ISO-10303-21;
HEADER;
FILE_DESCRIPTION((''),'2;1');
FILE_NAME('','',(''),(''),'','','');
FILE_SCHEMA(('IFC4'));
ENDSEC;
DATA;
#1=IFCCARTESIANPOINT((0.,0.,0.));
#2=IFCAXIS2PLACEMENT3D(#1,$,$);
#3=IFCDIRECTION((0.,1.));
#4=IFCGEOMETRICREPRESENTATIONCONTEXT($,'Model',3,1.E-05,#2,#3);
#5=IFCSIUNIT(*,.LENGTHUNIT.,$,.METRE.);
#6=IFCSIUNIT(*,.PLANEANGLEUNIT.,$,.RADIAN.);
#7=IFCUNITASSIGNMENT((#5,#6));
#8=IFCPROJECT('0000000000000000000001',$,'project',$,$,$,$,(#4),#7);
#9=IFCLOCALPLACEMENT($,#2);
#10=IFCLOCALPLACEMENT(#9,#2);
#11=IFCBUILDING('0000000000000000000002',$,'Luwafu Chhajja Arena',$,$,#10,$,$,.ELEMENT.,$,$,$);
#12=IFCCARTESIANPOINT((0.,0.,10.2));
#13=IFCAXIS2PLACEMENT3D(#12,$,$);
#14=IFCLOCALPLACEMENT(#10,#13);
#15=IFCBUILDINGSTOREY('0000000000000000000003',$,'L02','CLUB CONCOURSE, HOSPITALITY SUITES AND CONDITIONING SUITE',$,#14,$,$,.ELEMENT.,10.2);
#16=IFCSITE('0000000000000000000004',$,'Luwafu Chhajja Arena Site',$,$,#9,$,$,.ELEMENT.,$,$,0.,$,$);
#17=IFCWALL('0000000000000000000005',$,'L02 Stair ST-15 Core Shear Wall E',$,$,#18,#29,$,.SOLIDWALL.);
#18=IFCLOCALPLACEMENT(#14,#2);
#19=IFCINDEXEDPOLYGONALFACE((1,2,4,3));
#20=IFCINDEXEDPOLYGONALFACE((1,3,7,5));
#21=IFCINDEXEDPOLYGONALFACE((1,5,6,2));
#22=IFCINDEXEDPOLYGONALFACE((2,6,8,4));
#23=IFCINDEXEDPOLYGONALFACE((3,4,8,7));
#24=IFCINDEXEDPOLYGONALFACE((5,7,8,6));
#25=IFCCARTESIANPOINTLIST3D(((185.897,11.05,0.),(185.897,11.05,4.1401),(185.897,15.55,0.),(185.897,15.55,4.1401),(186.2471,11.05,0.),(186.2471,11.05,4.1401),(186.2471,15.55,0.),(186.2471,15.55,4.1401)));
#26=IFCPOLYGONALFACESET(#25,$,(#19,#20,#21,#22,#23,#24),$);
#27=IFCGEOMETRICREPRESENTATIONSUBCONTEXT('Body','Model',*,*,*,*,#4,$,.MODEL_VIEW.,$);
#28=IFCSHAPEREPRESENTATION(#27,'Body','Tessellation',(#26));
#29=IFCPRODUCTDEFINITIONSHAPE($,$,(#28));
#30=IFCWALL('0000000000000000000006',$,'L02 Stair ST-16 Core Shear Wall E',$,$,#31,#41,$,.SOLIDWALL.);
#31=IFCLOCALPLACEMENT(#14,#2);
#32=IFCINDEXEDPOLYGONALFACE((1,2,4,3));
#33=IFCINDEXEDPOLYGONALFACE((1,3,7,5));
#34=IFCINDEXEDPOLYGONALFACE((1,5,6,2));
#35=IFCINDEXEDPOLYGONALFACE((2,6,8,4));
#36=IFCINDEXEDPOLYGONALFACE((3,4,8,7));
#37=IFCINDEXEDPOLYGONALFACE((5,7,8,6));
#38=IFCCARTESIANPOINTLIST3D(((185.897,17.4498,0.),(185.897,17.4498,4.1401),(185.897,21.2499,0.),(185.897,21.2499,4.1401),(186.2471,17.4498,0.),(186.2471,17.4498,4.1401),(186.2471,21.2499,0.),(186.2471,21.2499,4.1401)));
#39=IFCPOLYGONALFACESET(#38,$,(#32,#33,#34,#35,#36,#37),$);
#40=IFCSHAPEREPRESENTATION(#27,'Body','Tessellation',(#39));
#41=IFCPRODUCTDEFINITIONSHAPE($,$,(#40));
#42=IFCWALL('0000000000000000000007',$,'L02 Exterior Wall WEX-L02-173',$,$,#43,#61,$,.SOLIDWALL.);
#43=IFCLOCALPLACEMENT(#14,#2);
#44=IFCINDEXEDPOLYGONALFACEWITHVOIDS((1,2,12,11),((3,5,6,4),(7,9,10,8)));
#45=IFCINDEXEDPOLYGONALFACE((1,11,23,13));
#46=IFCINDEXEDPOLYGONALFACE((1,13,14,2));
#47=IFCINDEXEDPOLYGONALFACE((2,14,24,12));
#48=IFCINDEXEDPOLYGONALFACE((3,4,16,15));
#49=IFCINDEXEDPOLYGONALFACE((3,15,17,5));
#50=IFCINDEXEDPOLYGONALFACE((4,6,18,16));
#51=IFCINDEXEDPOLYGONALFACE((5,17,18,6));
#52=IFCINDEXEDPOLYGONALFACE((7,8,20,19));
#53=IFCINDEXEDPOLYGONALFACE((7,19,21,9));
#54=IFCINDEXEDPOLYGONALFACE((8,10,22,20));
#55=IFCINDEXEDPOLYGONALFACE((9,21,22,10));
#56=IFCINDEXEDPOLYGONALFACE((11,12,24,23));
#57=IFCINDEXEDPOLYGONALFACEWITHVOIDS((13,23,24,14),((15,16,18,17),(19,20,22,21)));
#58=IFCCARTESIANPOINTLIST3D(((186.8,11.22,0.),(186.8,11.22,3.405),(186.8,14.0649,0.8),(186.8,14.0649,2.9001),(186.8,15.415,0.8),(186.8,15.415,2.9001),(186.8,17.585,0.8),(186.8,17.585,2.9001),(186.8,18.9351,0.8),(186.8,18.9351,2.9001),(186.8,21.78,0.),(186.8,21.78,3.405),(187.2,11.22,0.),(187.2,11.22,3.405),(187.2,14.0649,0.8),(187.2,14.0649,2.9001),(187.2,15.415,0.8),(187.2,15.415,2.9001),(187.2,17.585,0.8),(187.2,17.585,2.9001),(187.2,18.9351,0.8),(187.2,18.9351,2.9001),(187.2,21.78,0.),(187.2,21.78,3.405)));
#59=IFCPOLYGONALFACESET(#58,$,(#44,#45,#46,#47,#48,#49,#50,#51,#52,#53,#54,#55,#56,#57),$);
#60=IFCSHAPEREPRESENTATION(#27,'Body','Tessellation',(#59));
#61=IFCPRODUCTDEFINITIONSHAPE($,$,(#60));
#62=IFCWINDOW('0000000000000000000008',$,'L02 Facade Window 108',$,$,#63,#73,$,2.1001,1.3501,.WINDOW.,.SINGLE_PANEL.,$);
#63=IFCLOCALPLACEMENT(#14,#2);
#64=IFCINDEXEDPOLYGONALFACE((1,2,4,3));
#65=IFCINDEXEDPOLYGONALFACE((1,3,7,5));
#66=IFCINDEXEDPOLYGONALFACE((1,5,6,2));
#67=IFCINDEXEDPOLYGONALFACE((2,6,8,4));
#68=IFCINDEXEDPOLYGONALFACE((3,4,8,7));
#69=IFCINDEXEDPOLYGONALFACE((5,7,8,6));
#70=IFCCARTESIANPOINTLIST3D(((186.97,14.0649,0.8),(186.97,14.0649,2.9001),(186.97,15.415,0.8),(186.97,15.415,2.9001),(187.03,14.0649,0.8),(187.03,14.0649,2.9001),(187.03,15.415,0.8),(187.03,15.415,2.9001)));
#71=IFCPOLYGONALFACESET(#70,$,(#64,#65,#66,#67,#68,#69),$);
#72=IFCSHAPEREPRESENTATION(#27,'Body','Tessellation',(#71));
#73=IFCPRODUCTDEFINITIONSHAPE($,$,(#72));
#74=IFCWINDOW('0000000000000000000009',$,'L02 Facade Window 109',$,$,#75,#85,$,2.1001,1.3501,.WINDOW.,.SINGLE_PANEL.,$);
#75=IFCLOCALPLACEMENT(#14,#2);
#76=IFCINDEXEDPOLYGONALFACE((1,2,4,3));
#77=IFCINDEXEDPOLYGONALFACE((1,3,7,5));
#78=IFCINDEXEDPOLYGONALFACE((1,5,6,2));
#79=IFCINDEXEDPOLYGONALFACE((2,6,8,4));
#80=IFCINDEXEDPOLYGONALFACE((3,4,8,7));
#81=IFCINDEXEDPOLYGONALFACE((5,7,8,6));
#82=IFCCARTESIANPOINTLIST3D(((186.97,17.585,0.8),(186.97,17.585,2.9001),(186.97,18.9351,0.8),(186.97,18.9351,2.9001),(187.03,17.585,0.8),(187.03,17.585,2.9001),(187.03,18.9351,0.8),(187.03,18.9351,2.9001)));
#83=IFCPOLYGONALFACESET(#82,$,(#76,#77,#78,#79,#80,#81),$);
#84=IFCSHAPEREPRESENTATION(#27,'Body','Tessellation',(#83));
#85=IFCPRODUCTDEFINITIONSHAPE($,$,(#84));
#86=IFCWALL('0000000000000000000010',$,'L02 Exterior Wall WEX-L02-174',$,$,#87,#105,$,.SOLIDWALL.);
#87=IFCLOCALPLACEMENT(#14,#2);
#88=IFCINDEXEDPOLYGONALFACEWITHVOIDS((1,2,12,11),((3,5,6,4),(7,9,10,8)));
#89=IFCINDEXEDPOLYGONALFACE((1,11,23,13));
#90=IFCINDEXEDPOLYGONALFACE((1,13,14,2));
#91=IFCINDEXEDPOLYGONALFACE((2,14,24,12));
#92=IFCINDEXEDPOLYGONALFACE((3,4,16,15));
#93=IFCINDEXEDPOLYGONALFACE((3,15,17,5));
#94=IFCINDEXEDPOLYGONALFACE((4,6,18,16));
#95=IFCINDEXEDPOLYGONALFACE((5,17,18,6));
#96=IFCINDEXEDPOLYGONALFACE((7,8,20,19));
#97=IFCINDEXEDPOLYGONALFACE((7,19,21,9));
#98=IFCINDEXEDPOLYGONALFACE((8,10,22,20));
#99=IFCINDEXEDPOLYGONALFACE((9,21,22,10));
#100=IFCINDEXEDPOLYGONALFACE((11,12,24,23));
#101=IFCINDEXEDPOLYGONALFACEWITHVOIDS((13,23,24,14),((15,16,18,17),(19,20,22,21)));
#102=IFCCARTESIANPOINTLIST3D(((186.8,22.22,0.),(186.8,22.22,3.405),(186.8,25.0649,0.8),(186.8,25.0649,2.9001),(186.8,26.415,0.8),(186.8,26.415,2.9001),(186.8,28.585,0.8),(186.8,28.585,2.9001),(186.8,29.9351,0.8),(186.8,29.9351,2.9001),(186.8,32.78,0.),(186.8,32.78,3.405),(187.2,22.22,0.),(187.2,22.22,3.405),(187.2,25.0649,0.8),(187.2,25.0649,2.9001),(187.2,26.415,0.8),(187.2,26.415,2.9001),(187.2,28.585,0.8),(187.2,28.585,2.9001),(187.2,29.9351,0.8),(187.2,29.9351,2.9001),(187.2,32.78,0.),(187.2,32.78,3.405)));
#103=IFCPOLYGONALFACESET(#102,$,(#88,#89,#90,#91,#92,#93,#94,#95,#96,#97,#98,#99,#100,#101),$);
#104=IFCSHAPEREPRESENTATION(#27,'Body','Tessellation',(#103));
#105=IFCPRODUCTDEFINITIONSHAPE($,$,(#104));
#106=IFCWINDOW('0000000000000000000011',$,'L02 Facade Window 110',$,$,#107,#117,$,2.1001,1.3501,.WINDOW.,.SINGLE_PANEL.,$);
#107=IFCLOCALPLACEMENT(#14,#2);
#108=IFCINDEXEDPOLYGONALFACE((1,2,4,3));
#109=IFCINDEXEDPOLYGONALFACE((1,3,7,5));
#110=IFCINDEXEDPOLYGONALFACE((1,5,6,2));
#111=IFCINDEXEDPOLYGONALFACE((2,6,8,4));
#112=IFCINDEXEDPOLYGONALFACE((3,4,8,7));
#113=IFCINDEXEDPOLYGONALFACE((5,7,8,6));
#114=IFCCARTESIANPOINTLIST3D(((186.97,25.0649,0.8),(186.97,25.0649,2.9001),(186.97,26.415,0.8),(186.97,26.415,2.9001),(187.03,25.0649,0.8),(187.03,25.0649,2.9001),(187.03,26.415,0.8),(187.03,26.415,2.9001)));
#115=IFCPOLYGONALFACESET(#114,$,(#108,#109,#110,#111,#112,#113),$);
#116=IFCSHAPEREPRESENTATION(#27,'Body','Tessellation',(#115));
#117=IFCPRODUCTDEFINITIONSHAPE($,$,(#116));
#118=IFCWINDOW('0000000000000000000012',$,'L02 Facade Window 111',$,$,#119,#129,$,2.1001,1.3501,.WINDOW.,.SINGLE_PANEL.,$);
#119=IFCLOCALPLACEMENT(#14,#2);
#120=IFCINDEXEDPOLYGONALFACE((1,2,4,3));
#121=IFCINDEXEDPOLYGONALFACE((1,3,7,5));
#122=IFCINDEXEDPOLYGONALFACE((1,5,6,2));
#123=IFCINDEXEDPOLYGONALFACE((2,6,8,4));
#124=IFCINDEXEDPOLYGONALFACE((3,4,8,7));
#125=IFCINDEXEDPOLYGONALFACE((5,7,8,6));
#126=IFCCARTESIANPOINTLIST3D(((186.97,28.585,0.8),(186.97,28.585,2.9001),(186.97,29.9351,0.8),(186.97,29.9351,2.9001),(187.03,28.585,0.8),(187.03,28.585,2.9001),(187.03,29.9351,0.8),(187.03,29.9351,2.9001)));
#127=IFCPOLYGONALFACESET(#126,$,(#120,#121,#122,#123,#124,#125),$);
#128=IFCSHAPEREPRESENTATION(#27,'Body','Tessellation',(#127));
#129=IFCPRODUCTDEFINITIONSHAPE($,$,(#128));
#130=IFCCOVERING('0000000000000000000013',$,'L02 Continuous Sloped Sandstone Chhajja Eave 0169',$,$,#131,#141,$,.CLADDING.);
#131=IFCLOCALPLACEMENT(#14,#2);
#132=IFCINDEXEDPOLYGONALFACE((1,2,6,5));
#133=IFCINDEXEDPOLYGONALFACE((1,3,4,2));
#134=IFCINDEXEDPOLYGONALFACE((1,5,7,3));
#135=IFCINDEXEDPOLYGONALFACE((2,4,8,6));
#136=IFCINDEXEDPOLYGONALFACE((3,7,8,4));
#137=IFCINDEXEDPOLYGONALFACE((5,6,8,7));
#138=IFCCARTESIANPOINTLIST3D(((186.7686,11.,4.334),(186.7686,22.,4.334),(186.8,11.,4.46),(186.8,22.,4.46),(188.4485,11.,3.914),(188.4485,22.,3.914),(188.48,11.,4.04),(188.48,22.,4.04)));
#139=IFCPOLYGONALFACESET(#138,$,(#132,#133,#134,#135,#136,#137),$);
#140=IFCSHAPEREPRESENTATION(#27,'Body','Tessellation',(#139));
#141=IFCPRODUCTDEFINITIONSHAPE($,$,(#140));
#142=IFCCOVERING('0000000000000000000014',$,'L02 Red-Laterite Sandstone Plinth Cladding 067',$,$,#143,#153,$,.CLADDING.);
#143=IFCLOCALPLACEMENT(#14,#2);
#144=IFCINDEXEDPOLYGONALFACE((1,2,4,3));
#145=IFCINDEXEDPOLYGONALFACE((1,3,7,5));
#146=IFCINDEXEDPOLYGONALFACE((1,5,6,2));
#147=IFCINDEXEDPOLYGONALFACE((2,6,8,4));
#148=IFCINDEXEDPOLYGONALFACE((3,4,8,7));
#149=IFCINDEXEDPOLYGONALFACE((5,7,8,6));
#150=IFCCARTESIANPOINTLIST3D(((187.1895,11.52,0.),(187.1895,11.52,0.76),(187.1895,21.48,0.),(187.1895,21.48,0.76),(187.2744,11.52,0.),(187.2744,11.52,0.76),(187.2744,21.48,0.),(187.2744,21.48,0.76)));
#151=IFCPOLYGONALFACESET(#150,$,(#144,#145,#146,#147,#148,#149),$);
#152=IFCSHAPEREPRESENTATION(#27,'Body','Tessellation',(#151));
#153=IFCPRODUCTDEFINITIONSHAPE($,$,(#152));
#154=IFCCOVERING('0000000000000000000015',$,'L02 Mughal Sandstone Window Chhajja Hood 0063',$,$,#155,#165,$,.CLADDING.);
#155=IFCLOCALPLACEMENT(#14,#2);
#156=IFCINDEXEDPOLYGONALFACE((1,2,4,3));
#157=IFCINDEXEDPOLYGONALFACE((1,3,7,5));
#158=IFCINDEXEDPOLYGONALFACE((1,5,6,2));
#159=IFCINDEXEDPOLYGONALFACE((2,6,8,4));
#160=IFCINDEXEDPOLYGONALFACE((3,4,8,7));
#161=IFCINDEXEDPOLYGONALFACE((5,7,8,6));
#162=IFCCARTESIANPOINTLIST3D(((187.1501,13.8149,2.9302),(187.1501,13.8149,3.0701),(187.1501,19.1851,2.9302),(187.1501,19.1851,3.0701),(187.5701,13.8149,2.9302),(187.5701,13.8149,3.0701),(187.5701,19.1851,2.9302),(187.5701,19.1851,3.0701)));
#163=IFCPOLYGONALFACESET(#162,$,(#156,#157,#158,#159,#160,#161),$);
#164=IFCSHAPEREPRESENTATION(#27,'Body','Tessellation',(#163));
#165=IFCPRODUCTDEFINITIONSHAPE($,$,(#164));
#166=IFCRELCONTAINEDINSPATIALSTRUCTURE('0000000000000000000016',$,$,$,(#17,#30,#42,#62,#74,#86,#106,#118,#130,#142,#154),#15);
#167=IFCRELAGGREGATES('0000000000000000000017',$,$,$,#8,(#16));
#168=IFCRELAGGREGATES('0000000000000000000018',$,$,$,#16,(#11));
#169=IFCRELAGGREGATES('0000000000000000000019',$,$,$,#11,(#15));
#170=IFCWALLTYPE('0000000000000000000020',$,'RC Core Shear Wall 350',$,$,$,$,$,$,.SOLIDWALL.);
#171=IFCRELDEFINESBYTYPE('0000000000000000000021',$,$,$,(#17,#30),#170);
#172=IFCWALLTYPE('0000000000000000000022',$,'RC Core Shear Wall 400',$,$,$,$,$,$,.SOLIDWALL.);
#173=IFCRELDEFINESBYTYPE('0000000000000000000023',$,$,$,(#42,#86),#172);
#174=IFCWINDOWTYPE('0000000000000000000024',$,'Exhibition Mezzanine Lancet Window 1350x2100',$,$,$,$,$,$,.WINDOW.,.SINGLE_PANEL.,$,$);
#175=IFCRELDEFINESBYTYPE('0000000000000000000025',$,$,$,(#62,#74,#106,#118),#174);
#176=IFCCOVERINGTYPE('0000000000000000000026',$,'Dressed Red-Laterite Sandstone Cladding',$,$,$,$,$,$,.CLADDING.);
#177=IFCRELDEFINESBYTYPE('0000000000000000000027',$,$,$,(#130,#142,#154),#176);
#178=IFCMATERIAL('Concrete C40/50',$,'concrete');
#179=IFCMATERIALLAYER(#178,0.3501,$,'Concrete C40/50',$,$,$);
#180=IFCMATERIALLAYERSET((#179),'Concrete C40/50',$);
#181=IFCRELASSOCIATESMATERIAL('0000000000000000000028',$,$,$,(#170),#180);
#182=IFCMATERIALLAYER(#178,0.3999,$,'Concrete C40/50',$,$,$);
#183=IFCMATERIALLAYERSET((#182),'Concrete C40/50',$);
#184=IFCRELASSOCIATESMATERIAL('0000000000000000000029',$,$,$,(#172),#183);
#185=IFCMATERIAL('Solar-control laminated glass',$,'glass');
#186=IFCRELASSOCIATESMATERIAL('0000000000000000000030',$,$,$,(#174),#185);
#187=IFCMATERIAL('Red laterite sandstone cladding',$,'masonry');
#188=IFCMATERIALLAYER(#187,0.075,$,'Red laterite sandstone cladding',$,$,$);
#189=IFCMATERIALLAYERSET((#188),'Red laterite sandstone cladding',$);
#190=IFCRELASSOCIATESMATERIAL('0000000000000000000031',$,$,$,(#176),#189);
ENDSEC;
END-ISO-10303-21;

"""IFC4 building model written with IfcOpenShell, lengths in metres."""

from ifc_helpers import new_model, si_unit, direction, frame, frame_2d, origin, origin_2d, place, context, subcontext, project, spatial, polyline, rectangle, outline, extrude, material, layer, layer_set, type_object, element, fill, save


model = new_model("IFC4")

# Units and contexts
model_context = context("Model", 3, precision=1e-05, world=origin(), true_north=direction((0.0, 1.0)))
body_context = subcontext(model_context, "Body", "Model", "MODEL_VIEW")
ifc_project = project(units=[si_unit("LENGTHUNIT", "METRE"), si_unit("PLANEANGLEUNIT", "RADIAN")], contexts=[model_context])

# Site, building, storey
site_placement = place(None, origin())
site = spatial("IfcSite", under=ifc_project, at=site_placement, Name="Luwafu Chhajja Arena Site", CompositionType="ELEMENT", RefElevation=0.0)
building_placement = place(site_placement, origin())
building = spatial("IfcBuilding", under=site, at=building_placement, Name="Luwafu Chhajja Arena", CompositionType="ELEMENT")
storey_placement = place(building_placement, frame((0.0, 0.0, 10.2)))
storey = spatial("IfcBuildingStorey", under=building, at=storey_placement, Name="L02", Description="CLUB CONCOURSE, HOSPITALITY SUITES AND CONDITIONING SUITE", CompositionType="ELEMENT", Elevation=10.2)

# Walls
ifc_material_1 = material(Name="Concrete C40/50", Category="concrete")
ifc_layer_1 = layer(ifc_material_1, 0.3501, Name="Concrete C40/50")
ifc_layer_set_1 = layer_set([ifc_layer_1], Name="Concrete C40/50")
wall_type_1 = type_object("IfcWallType", Name="RC Core Shear Wall 350", PredefinedType="SOLIDWALL", material=ifc_layer_set_1)
wall_1_placement = place(storey_placement, frame((186.072, 11.05, 0.0), z_axis=(0.0, 0.0, 1.0), x_axis=(0.0, 1.0, 0.0)))
element("IfcWall", 1, at=wall_1_placement, inside=storey, type_object=wall_type_1, Name="L02 Stair ST-15 Core Shear Wall E", PredefinedType="SOLIDWALL", context=body_context, shape_type="SweptSolid", body=[
    extrude(rectangle(XDim=4.5, YDim=0.3501, at=frame_2d((2.25, 0.0))), origin(), (0.0, 0.0, 1.0), 4.1401),
])
wall_2_placement = place(storey_placement, frame((186.072, 17.45, 0.0), z_axis=(0.0, 0.0, 1.0), x_axis=(0.0, 1.0, 0.0)))
element("IfcWall", 2, at=wall_2_placement, inside=storey, type_object=wall_type_1, Name="L02 Stair ST-16 Core Shear Wall E", PredefinedType="SOLIDWALL", context=body_context, shape_type="SweptSolid", body=[
    extrude(rectangle(XDim=3.8, YDim=0.3501, at=frame_2d((1.8999, 0.0))), origin(), (0.0, 0.0, 1.0), 4.1401),
])

# Walls, openings, windows
ifc_layer_2 = layer(ifc_material_1, 0.3999, Name="Concrete C40/50")
ifc_layer_set_2 = layer_set([ifc_layer_2], Name="Concrete C40/50")
wall_type_2 = type_object("IfcWallType", Name="RC Core Shear Wall 400", PredefinedType="SOLIDWALL", material=ifc_layer_set_2)
wall_3_placement = place(storey_placement, frame((187.0, 11.22, 0.0), z_axis=(0.0, 0.0, 1.0), x_axis=(0.0, 1.0, 0.0)))
wall_3 = element("IfcWall", 3, at=wall_3_placement, inside=storey, type_object=wall_type_2, Name="L02 Exterior Wall WEX-L02-173", PredefinedType="SOLIDWALL", context=body_context, shape_type="SweptSolid", body=[
    extrude(rectangle(XDim=10.5601, YDim=0.3999, at=frame_2d((5.28, 0.0))), origin(), (0.0, 0.0, 1.0), 3.405),
])
opening_1_placement = place(wall_3_placement, frame((2.845, 0.0, 0.8)))
opening_1 = element("IfcOpeningElement", 4, at=opening_1_placement, cuts=wall_3, PredefinedType="OPENING", context=body_context, shape_type="SweptSolid", body=[
    extrude(rectangle(XDim=1.3501, YDim=2.1001, at=frame_2d((0.675, 1.05))), frame((0.0, 0.21, 0.0), z_axis=(0.0, -1.0, 0.0), x_axis=(1.0, 0.0, 0.0)), (0.0, 0.0, 1.0), 0.4199),
])
opening_2_placement = place(wall_3_placement, frame((6.365, 0.0, 0.8)))
opening_2 = element("IfcOpeningElement", 5, at=opening_2_placement, cuts=wall_3, PredefinedType="OPENING", context=body_context, shape_type="SweptSolid", body=[
    extrude(rectangle(XDim=1.3501, YDim=2.1001, at=frame_2d((0.675, 1.05))), frame((0.0, 0.21, 0.0), z_axis=(0.0, -1.0, 0.0), x_axis=(1.0, 0.0, 0.0)), (0.0, 0.0, 1.0), 0.4199),
])
ifc_material_2 = material(Name="Solar-control laminated glass", Category="glass")
window_type = type_object("IfcWindowType", Name="Exhibition Mezzanine Lancet Window 1350x2100", PartitioningType="SINGLE_PANEL", PredefinedType="WINDOW", material=ifc_material_2)
window_1_placement = place(opening_1_placement, origin())
window_1 = element("IfcWindow", 6, at=window_1_placement, inside=storey, type_object=window_type, Name="L02 Facade Window 108", OverallHeight=2.1001, OverallWidth=1.3501, PartitioningType="SINGLE_PANEL", PredefinedType="WINDOW", context=body_context, shape_type="SweptSolid", body=[
    extrude(rectangle(XDim=1.3501, YDim=2.1001, at=frame_2d((0.675, 1.05))), frame((0.0, 0.03, 0.0), z_axis=(0.0, -1.0, 0.0), x_axis=(1.0, 0.0, 0.0)), (0.0, 0.0, 1.0), 0.0601),
])
fill(opening_1, window_1)
window_2_placement = place(opening_2_placement, origin())
window_2 = element("IfcWindow", 7, at=window_2_placement, inside=storey, type_object=window_type, Name="L02 Facade Window 109", OverallHeight=2.1001, OverallWidth=1.3501, PartitioningType="SINGLE_PANEL", PredefinedType="WINDOW", context=body_context, shape_type="SweptSolid", body=[
    extrude(rectangle(XDim=1.3501, YDim=2.1001, at=frame_2d((0.675, 1.05))), frame((0.0, 0.03, 0.0), z_axis=(0.0, -1.0, 0.0), x_axis=(1.0, 0.0, 0.0)), (0.0, 0.0, 1.0), 0.0601),
])
fill(opening_2, window_2)
wall_4_placement = place(storey_placement, frame((187.0, 22.22, 0.0), z_axis=(0.0, 0.0, 1.0), x_axis=(0.0, 1.0, 0.0)))
wall_4 = element("IfcWall", 8, at=wall_4_placement, inside=storey, type_object=wall_type_2, Name="L02 Exterior Wall WEX-L02-174", PredefinedType="SOLIDWALL", context=body_context, shape_type="SweptSolid", body=[
    extrude(rectangle(XDim=10.5601, YDim=0.3999, at=frame_2d((5.28, 0.0))), origin(), (0.0, 0.0, 1.0), 3.405),
])
opening_3_placement = place(wall_4_placement, frame((2.845, 0.0, 0.8)))
opening_3 = element("IfcOpeningElement", 9, at=opening_3_placement, cuts=wall_4, PredefinedType="OPENING", context=body_context, shape_type="SweptSolid", body=[
    extrude(rectangle(XDim=1.3501, YDim=2.1001, at=frame_2d((0.675, 1.05))), frame((0.0, 0.21, 0.0), z_axis=(0.0, -1.0, 0.0), x_axis=(1.0, 0.0, 0.0)), (0.0, 0.0, 1.0), 0.4199),
])
opening_4_placement = place(wall_4_placement, frame((6.365, 0.0, 0.8)))
opening_4 = element("IfcOpeningElement", 10, at=opening_4_placement, cuts=wall_4, PredefinedType="OPENING", context=body_context, shape_type="SweptSolid", body=[
    extrude(rectangle(XDim=1.3501, YDim=2.1001, at=frame_2d((0.675, 1.05))), frame((0.0, 0.21, 0.0), z_axis=(0.0, -1.0, 0.0), x_axis=(1.0, 0.0, 0.0)), (0.0, 0.0, 1.0), 0.4199),
])
window_3_placement = place(opening_3_placement, origin())
window_3 = element("IfcWindow", 11, at=window_3_placement, inside=storey, type_object=window_type, Name="L02 Facade Window 110", OverallHeight=2.1001, OverallWidth=1.3501, PartitioningType="SINGLE_PANEL", PredefinedType="WINDOW", context=body_context, shape_type="SweptSolid", body=[
    extrude(rectangle(XDim=1.3501, YDim=2.1001, at=frame_2d((0.675, 1.05))), frame((0.0, 0.03, 0.0), z_axis=(0.0, -1.0, 0.0), x_axis=(1.0, 0.0, 0.0)), (0.0, 0.0, 1.0), 0.0601),
])
fill(opening_3, window_3)
window_4_placement = place(opening_4_placement, origin())
window_4 = element("IfcWindow", 12, at=window_4_placement, inside=storey, type_object=window_type, Name="L02 Facade Window 111", OverallHeight=2.1001, OverallWidth=1.3501, PartitioningType="SINGLE_PANEL", PredefinedType="WINDOW", context=body_context, shape_type="SweptSolid", body=[
    extrude(rectangle(XDim=1.3501, YDim=2.1001, at=frame_2d((0.675, 1.05))), frame((0.0, 0.03, 0.0), z_axis=(0.0, -1.0, 0.0), x_axis=(1.0, 0.0, 0.0)), (0.0, 0.0, 1.0), 0.0601),
])
fill(opening_4, window_4)

# Coverings
ifc_material_3 = material(Name="Red laterite sandstone cladding", Category="masonry")
ifc_layer_3 = layer(ifc_material_3, 0.075, Name="Red laterite sandstone cladding")
ifc_layer_set_3 = layer_set([ifc_layer_3], Name="Red laterite sandstone cladding")
covering_type = type_object("IfcCoveringType", Name="Dressed Red-Laterite Sandstone Cladding", PredefinedType="CLADDING", material=ifc_layer_set_3)
covering_1_placement = place(storey_placement, frame((186.8, 11.0, 4.46), z_axis=(0.242502, 0.0, 0.970151), x_axis=(0.0, 1.0, 0.0)))
element("IfcCovering", 13, at=covering_1_placement, inside=storey, type_object=covering_type, Name="L02 Continuous Sloped Sandstone Chhajja Eave 0169", PredefinedType="CLADDING", context=body_context, shape_type="SweptSolid", body=[
    extrude(outline(polyline([(0.0, 0.0), (11.0, 0.0), (11.0, -1.7316), (0.0, -1.7316), (0.0, 0.0)])), origin(), (0.0, 0.0, -1.0), 0.1299),
])
covering_2_placement = place(storey_placement, frame((187.2319, 16.5, 0.0), z_axis=(0.0, 0.0, 1.0), x_axis=(0.0, 1.0, 0.0)))
element("IfcCovering", 14, at=covering_2_placement, inside=storey, type_object=covering_type, Name="L02 Red-Laterite Sandstone Plinth Cladding 067", PredefinedType="CLADDING", context=body_context, shape_type="SweptSolid", body=[
    extrude(rectangle(XDim=9.96, YDim=0.085, at=origin_2d()), origin(), (0.0, 0.0, 1.0), 0.76),
])
covering_3_placement = place(storey_placement, frame((187.3601, 16.5, 2.9302), z_axis=(0.0, 0.0, 1.0), x_axis=(0.0, 1.0, 0.0)))
element("IfcCovering", 15, at=covering_3_placement, inside=storey, type_object=covering_type, Name="L02 Mughal Sandstone Window Chhajja Hood 0063", PredefinedType="CLADDING", context=body_context, shape_type="SweptSolid", body=[
    extrude(rectangle(XDim=5.3701, YDim=0.4199, at=origin_2d()), origin(), (0.0, 0.0, 1.0), 0.1399),
])

save(model, "model.ifc")
